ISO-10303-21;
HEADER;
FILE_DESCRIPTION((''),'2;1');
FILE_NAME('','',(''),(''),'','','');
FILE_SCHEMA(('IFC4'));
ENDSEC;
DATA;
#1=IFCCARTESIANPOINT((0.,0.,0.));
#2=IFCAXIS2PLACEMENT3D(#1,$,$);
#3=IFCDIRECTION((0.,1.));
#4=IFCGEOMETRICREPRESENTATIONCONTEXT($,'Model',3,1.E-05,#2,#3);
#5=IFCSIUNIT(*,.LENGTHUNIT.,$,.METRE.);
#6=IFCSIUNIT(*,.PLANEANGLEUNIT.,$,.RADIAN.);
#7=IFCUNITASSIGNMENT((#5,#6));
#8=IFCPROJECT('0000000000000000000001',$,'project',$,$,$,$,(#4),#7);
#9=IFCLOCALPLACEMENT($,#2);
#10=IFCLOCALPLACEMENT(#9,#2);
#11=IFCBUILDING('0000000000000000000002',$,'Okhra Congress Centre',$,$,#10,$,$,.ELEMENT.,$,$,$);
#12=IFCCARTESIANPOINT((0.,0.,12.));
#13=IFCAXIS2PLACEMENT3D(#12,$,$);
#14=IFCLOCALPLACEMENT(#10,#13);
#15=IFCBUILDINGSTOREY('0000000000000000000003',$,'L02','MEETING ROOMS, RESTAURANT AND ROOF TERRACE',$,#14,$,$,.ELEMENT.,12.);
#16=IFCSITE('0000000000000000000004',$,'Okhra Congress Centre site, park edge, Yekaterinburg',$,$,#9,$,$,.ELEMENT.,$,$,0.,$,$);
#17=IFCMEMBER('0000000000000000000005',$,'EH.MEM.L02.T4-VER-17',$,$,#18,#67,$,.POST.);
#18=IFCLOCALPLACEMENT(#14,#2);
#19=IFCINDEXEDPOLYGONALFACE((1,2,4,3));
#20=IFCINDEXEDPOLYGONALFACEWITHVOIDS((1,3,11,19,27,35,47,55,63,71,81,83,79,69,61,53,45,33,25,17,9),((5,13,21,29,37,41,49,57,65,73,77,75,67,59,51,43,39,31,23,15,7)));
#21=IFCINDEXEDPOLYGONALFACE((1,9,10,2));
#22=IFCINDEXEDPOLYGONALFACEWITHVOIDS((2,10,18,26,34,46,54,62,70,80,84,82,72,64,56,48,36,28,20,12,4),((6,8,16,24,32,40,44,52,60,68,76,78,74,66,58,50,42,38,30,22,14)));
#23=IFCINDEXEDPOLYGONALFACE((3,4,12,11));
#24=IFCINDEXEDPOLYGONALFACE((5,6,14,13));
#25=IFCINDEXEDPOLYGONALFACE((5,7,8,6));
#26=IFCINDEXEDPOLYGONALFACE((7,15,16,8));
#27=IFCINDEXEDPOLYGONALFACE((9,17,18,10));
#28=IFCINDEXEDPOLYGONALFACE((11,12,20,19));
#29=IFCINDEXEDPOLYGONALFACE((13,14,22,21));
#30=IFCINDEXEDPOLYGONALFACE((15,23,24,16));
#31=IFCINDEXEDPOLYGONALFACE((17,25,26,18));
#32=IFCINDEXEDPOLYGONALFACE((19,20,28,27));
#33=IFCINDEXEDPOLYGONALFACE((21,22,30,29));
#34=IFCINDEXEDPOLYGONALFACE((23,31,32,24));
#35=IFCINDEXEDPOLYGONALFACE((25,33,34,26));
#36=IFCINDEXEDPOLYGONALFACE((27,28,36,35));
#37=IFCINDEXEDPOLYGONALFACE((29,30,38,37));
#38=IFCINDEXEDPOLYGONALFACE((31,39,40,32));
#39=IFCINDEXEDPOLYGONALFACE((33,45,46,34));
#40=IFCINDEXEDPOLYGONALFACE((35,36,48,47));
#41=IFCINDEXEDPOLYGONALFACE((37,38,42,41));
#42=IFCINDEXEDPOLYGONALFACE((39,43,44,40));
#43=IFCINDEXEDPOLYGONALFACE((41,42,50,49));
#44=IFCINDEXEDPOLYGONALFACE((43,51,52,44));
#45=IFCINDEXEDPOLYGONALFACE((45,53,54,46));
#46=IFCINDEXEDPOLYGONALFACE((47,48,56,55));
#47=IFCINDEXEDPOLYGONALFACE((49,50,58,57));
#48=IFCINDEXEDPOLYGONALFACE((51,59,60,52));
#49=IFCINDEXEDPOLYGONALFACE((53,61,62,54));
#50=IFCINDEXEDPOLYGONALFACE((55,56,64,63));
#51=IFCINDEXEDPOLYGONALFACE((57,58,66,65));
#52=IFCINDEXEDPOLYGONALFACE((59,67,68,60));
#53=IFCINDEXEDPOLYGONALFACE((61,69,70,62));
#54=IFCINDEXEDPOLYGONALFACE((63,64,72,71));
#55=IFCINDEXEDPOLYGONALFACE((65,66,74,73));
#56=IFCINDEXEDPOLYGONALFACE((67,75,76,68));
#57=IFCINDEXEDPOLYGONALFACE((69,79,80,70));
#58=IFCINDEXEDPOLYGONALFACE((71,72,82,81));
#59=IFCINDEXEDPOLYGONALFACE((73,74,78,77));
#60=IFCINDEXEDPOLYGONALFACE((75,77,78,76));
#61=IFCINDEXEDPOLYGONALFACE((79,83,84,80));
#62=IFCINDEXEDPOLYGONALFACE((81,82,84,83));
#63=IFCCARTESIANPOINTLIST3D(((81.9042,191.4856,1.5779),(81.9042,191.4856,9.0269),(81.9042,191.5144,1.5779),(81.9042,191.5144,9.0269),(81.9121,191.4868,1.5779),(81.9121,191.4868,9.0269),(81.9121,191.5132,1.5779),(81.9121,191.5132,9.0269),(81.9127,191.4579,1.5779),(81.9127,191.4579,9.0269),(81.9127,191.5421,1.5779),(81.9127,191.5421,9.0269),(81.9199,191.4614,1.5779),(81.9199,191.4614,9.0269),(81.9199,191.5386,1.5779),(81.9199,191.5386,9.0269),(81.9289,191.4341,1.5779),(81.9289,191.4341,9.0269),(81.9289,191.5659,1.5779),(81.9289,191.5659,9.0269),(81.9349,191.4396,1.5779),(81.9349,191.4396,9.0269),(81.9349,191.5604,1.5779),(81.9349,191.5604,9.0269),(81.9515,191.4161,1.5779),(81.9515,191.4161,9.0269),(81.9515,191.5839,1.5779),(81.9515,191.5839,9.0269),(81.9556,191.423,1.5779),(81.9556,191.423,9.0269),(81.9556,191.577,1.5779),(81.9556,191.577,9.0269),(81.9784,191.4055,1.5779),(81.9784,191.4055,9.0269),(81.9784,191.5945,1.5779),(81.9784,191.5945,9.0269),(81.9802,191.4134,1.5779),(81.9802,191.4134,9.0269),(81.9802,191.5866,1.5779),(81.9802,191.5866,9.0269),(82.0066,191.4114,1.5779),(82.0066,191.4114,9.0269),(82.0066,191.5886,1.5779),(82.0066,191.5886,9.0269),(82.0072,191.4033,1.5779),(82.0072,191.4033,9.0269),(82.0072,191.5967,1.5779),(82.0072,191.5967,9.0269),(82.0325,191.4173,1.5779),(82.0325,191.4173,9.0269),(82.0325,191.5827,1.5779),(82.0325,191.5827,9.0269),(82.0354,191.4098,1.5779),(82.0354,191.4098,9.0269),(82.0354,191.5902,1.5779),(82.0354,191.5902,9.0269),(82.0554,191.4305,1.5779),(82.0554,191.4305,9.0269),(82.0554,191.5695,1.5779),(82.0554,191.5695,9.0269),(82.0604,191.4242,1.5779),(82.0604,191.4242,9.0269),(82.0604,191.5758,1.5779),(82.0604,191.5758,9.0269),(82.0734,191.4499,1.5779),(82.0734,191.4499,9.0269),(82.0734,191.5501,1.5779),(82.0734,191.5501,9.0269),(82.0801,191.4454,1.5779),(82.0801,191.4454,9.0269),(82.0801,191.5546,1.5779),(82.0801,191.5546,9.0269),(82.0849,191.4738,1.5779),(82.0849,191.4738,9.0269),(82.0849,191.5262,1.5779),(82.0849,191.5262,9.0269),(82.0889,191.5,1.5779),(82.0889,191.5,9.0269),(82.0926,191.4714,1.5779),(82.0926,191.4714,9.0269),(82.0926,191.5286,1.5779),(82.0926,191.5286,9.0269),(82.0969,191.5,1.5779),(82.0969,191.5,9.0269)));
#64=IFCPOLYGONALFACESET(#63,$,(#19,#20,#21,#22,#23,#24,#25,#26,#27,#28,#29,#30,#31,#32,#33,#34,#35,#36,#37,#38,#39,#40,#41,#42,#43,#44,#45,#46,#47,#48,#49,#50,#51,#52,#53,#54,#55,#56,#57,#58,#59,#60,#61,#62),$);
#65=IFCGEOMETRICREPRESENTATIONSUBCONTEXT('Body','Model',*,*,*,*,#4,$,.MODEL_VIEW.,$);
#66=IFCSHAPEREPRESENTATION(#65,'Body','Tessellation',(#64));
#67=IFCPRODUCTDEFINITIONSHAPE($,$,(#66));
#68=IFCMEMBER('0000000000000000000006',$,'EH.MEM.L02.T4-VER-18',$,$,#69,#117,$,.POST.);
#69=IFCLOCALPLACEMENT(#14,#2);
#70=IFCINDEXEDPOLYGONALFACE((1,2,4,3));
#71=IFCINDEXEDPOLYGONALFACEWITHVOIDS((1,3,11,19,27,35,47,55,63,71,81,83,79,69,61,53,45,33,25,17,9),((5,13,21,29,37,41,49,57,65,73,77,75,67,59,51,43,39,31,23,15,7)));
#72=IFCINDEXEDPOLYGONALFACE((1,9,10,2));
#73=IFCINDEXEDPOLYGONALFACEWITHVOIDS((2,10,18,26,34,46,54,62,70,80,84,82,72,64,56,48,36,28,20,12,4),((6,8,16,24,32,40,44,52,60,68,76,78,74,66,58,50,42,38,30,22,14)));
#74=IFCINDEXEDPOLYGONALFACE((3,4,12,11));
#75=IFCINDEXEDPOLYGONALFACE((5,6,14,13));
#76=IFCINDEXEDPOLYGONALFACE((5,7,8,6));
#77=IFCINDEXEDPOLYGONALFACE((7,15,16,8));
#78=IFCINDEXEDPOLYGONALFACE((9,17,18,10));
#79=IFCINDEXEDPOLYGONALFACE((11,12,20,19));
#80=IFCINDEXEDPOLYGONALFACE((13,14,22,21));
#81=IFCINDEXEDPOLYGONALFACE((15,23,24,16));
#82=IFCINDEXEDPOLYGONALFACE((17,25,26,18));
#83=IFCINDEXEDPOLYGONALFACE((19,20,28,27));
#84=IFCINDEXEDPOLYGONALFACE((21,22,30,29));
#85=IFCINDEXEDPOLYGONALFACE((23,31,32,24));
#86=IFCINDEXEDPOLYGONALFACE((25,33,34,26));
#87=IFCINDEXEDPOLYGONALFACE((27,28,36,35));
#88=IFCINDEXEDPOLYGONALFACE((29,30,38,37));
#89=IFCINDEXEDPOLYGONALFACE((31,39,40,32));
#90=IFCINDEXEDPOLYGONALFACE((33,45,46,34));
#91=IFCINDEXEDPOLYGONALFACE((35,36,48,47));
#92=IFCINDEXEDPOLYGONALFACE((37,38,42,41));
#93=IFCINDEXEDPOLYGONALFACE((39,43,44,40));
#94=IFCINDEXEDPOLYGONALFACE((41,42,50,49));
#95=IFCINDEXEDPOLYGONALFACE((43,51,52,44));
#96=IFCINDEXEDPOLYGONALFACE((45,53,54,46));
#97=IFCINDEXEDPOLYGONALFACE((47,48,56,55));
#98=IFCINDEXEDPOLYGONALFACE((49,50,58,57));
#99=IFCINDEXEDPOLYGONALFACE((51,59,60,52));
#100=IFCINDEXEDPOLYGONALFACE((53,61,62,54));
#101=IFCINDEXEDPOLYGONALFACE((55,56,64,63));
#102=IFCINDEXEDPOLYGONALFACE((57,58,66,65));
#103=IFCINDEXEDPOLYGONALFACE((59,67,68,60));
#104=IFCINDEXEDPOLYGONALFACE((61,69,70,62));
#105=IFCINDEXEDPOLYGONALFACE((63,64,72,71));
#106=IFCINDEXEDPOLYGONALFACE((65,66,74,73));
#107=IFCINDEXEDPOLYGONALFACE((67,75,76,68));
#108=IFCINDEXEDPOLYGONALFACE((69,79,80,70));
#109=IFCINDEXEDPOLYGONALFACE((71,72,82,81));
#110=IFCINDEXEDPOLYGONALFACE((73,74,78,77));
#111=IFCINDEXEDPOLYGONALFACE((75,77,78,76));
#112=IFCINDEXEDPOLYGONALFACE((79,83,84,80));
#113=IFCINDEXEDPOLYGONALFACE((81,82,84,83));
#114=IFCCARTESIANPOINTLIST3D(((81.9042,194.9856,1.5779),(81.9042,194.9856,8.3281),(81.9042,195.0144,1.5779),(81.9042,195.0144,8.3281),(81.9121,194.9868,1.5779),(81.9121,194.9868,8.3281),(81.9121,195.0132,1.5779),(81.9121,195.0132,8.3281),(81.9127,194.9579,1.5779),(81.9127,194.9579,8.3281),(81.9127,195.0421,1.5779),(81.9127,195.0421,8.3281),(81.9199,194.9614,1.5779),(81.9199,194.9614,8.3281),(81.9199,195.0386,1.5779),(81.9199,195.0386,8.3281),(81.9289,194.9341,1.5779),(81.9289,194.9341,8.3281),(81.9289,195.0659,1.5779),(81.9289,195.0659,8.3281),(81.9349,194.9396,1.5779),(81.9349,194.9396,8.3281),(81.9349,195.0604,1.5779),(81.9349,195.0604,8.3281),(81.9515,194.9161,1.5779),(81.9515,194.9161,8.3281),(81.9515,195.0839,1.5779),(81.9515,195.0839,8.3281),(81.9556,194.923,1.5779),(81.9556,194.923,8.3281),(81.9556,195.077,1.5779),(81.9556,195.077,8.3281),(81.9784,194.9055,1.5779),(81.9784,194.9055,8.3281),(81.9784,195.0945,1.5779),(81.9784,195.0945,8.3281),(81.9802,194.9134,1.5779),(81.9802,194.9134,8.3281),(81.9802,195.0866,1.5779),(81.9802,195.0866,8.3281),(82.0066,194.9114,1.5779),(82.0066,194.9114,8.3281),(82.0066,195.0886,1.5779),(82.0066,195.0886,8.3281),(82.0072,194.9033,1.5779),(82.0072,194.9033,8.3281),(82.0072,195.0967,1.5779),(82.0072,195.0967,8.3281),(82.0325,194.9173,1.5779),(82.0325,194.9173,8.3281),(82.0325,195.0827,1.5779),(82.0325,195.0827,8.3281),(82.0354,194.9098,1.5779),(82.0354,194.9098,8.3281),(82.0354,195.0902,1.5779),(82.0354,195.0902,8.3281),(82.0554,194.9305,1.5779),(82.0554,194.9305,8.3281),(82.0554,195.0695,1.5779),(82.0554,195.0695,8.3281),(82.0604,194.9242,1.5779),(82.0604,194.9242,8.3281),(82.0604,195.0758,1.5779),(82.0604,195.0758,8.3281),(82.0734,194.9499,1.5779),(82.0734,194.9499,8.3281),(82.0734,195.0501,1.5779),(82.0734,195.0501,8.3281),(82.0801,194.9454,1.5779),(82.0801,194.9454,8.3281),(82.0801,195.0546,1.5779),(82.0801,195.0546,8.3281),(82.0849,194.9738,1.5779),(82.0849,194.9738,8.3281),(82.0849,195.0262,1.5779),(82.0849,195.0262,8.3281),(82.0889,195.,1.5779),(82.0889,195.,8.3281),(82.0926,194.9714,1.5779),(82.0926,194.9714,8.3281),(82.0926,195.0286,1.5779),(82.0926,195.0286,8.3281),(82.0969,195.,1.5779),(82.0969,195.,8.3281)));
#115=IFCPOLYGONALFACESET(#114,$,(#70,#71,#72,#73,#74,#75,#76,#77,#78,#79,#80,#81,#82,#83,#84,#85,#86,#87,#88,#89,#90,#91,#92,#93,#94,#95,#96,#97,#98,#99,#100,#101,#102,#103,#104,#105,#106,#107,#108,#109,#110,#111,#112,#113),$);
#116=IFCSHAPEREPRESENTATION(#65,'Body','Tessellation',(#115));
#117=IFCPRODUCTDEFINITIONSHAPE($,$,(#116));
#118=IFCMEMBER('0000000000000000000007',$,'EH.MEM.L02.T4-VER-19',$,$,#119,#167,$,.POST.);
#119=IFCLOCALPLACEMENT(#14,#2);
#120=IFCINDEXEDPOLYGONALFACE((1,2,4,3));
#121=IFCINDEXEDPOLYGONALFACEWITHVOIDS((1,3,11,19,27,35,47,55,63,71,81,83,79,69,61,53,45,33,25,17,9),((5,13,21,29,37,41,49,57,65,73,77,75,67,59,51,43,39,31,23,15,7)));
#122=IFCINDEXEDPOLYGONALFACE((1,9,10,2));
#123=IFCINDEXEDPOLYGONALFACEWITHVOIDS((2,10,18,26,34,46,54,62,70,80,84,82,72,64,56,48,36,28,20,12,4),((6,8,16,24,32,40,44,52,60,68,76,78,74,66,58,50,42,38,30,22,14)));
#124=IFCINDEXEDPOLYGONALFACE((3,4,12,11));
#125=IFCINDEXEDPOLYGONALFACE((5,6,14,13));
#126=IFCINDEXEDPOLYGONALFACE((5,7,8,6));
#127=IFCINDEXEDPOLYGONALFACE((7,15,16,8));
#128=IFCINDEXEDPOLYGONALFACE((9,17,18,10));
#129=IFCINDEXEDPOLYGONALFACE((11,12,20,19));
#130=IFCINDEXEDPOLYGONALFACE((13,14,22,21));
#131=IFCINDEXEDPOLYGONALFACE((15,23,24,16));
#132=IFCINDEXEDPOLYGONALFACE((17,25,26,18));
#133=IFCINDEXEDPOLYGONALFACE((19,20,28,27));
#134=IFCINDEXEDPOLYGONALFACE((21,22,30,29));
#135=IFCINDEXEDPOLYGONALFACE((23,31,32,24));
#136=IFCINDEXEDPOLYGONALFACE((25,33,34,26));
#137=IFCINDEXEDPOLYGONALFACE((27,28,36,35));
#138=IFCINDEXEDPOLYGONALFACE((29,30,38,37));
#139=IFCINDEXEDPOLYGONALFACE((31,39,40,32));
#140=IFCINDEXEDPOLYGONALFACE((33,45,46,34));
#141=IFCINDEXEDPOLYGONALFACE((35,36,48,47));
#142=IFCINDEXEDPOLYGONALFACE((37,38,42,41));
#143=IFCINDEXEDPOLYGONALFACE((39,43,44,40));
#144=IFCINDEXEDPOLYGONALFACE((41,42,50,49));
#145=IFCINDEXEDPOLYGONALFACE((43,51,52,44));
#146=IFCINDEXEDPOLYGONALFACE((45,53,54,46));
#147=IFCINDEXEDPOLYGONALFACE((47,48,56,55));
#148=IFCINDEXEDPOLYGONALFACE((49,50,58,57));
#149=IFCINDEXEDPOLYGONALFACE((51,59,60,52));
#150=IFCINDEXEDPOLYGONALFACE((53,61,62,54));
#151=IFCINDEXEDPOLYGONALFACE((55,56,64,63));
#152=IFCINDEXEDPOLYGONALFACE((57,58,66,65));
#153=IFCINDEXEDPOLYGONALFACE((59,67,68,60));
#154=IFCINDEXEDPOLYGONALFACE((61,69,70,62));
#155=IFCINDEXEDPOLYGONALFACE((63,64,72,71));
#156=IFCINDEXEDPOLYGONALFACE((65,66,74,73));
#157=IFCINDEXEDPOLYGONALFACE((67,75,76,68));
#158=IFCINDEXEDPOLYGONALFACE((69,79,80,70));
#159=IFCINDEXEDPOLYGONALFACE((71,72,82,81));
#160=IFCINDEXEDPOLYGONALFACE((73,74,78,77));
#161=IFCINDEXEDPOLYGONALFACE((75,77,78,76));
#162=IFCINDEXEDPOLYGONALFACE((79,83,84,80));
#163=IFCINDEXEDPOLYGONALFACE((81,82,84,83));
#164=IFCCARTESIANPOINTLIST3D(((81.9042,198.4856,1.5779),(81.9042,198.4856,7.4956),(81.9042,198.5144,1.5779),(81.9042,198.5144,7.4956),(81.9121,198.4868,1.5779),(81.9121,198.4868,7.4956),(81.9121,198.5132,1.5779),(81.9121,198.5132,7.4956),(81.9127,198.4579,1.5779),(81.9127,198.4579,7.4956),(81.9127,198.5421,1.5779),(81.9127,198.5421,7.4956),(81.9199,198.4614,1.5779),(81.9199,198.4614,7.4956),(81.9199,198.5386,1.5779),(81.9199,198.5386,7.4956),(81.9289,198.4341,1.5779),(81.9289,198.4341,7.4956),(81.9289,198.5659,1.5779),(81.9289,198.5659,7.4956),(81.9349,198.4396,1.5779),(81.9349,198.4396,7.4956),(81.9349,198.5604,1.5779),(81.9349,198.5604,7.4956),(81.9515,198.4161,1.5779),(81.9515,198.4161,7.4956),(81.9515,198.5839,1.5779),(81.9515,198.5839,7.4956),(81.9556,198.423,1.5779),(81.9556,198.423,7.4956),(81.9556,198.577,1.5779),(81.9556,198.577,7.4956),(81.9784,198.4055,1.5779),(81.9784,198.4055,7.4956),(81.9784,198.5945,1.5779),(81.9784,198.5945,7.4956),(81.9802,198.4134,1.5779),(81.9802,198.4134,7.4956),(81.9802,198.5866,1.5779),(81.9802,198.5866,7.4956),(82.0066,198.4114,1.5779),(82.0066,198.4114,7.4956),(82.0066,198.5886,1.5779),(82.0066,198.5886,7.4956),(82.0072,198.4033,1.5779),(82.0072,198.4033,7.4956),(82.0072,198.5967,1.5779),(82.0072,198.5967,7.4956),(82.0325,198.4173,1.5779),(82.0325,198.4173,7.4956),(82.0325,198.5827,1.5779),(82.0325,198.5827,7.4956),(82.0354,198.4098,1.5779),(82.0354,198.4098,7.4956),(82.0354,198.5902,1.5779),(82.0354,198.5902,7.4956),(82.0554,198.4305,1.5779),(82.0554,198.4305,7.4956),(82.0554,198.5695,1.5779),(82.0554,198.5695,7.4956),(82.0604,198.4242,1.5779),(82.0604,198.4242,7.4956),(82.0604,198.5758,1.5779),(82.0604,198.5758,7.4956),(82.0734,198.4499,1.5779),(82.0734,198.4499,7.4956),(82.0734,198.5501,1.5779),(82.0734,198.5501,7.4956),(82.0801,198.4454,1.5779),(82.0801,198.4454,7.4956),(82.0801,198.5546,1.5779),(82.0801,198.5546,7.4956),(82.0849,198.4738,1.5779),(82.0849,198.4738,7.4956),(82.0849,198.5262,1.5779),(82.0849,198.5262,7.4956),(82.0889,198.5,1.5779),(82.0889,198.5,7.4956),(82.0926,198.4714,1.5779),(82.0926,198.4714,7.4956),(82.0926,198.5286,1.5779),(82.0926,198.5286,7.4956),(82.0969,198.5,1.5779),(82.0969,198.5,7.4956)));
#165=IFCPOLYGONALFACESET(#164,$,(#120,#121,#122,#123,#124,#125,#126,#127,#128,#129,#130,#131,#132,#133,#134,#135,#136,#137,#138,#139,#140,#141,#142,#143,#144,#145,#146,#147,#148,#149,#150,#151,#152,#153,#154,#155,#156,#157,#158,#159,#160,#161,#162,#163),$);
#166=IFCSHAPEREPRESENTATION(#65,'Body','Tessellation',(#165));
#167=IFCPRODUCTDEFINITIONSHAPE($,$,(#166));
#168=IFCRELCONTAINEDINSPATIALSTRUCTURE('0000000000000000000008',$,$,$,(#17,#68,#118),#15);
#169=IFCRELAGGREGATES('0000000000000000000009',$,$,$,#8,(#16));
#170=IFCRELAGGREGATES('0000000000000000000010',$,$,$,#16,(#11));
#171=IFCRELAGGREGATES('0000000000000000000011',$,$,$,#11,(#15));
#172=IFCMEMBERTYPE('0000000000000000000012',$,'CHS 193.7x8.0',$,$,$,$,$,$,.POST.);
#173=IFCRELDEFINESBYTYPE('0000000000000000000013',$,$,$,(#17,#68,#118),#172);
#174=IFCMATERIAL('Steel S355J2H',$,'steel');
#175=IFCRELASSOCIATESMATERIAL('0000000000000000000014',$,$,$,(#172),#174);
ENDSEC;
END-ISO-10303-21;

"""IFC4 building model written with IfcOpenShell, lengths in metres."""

from ifc_helpers import new_model, si_unit, direction, frame, origin, origin_2d, place, context, subcontext, project, spatial, hollow_circle, extrude, material, material_profile, profile_set, type_object, element, save


model = new_model("IFC4")

# Units and contexts
model_context = context("Model", 3, precision=1e-05, world=origin(), true_north=direction((0.0, 1.0)))
body_context = subcontext(model_context, "Body", "Model", "MODEL_VIEW")
ifc_project = project(units=[si_unit("LENGTHUNIT", "METRE"), si_unit("PLANEANGLEUNIT", "RADIAN")], contexts=[model_context])

# Site, building, storey
site_placement = place(None, origin())
site = spatial("IfcSite", under=ifc_project, at=site_placement, Name="Okhra Congress Centre site, park edge, Yekaterinburg", CompositionType="ELEMENT", RefElevation=0.0)
building_placement = place(site_placement, origin())
building = spatial("IfcBuilding", under=site, at=building_placement, Name="Okhra Congress Centre", CompositionType="ELEMENT")
storey_placement = place(building_placement, frame((0.0, 0.0, 12.0)))
storey = spatial("IfcBuildingStorey", under=building, at=storey_placement, Name="L02", Description="MEETING ROOMS, RESTAURANT AND ROOF TERRACE", CompositionType="ELEMENT", Elevation=12.0)

# Members
ifc_material_1 = material(Name="Steel S355J2H", Category="steel")
ifc_material_profile_1 = material_profile(ifc_material_1, hollow_circle(Radius=0.0969, WallThickness=0.0081, at=origin_2d()), Name="CHS 193.7x8.0")
ifc_profile_set_1 = profile_set([ifc_material_profile_1], Name="Steel S355J2H")
member_type_1 = type_object("IfcMemberType", Name="CHS 193.7x8.0", PredefinedType="POST", material=ifc_profile_set_1)
member_1_placement = place(storey_placement, frame((82.0, 191.5, 1.5779), z_axis=(0.0, 0.0, 1.0), x_axis=(1.0, 0.0, 0.0)))
element("IfcMember", 1, at=member_1_placement, inside=storey, type_object=member_type_1, Name="EH.MEM.L02.T4-VER-17", PredefinedType="POST", context=body_context, shape_type="SweptSolid", body=[
    extrude(hollow_circle(Radius=0.0969, WallThickness=0.0081, at=origin_2d()), origin(), (0.0, 0.0, 1.0), 7.449),
])
member_2_placement = place(storey_placement, frame((82.0, 195.0, 1.5779), z_axis=(0.0, 0.0, 1.0), x_axis=(1.0, 0.0, 0.0)))
element("IfcMember", 2, at=member_2_placement, inside=storey, type_object=member_type_1, Name="EH.MEM.L02.T4-VER-18", PredefinedType="POST", context=body_context, shape_type="SweptSolid", body=[
    extrude(hollow_circle(Radius=0.0969, WallThickness=0.0081, at=origin_2d()), origin(), (0.0, 0.0, 1.0), 6.7502),
])
member_3_placement = place(storey_placement, frame((82.0, 198.5, 1.5779), z_axis=(0.0, 0.0, 1.0), x_axis=(1.0, 0.0, 0.0)))
element("IfcMember", 3, at=member_3_placement, inside=storey, type_object=member_type_1, Name="EH.MEM.L02.T4-VER-19", PredefinedType="POST", context=body_context, shape_type="SweptSolid", body=[
    extrude(hollow_circle(Radius=0.0969, WallThickness=0.0081, at=origin_2d()), origin(), (0.0, 0.0, 1.0), 5.9177),
])

save(model, "model.ifc")
